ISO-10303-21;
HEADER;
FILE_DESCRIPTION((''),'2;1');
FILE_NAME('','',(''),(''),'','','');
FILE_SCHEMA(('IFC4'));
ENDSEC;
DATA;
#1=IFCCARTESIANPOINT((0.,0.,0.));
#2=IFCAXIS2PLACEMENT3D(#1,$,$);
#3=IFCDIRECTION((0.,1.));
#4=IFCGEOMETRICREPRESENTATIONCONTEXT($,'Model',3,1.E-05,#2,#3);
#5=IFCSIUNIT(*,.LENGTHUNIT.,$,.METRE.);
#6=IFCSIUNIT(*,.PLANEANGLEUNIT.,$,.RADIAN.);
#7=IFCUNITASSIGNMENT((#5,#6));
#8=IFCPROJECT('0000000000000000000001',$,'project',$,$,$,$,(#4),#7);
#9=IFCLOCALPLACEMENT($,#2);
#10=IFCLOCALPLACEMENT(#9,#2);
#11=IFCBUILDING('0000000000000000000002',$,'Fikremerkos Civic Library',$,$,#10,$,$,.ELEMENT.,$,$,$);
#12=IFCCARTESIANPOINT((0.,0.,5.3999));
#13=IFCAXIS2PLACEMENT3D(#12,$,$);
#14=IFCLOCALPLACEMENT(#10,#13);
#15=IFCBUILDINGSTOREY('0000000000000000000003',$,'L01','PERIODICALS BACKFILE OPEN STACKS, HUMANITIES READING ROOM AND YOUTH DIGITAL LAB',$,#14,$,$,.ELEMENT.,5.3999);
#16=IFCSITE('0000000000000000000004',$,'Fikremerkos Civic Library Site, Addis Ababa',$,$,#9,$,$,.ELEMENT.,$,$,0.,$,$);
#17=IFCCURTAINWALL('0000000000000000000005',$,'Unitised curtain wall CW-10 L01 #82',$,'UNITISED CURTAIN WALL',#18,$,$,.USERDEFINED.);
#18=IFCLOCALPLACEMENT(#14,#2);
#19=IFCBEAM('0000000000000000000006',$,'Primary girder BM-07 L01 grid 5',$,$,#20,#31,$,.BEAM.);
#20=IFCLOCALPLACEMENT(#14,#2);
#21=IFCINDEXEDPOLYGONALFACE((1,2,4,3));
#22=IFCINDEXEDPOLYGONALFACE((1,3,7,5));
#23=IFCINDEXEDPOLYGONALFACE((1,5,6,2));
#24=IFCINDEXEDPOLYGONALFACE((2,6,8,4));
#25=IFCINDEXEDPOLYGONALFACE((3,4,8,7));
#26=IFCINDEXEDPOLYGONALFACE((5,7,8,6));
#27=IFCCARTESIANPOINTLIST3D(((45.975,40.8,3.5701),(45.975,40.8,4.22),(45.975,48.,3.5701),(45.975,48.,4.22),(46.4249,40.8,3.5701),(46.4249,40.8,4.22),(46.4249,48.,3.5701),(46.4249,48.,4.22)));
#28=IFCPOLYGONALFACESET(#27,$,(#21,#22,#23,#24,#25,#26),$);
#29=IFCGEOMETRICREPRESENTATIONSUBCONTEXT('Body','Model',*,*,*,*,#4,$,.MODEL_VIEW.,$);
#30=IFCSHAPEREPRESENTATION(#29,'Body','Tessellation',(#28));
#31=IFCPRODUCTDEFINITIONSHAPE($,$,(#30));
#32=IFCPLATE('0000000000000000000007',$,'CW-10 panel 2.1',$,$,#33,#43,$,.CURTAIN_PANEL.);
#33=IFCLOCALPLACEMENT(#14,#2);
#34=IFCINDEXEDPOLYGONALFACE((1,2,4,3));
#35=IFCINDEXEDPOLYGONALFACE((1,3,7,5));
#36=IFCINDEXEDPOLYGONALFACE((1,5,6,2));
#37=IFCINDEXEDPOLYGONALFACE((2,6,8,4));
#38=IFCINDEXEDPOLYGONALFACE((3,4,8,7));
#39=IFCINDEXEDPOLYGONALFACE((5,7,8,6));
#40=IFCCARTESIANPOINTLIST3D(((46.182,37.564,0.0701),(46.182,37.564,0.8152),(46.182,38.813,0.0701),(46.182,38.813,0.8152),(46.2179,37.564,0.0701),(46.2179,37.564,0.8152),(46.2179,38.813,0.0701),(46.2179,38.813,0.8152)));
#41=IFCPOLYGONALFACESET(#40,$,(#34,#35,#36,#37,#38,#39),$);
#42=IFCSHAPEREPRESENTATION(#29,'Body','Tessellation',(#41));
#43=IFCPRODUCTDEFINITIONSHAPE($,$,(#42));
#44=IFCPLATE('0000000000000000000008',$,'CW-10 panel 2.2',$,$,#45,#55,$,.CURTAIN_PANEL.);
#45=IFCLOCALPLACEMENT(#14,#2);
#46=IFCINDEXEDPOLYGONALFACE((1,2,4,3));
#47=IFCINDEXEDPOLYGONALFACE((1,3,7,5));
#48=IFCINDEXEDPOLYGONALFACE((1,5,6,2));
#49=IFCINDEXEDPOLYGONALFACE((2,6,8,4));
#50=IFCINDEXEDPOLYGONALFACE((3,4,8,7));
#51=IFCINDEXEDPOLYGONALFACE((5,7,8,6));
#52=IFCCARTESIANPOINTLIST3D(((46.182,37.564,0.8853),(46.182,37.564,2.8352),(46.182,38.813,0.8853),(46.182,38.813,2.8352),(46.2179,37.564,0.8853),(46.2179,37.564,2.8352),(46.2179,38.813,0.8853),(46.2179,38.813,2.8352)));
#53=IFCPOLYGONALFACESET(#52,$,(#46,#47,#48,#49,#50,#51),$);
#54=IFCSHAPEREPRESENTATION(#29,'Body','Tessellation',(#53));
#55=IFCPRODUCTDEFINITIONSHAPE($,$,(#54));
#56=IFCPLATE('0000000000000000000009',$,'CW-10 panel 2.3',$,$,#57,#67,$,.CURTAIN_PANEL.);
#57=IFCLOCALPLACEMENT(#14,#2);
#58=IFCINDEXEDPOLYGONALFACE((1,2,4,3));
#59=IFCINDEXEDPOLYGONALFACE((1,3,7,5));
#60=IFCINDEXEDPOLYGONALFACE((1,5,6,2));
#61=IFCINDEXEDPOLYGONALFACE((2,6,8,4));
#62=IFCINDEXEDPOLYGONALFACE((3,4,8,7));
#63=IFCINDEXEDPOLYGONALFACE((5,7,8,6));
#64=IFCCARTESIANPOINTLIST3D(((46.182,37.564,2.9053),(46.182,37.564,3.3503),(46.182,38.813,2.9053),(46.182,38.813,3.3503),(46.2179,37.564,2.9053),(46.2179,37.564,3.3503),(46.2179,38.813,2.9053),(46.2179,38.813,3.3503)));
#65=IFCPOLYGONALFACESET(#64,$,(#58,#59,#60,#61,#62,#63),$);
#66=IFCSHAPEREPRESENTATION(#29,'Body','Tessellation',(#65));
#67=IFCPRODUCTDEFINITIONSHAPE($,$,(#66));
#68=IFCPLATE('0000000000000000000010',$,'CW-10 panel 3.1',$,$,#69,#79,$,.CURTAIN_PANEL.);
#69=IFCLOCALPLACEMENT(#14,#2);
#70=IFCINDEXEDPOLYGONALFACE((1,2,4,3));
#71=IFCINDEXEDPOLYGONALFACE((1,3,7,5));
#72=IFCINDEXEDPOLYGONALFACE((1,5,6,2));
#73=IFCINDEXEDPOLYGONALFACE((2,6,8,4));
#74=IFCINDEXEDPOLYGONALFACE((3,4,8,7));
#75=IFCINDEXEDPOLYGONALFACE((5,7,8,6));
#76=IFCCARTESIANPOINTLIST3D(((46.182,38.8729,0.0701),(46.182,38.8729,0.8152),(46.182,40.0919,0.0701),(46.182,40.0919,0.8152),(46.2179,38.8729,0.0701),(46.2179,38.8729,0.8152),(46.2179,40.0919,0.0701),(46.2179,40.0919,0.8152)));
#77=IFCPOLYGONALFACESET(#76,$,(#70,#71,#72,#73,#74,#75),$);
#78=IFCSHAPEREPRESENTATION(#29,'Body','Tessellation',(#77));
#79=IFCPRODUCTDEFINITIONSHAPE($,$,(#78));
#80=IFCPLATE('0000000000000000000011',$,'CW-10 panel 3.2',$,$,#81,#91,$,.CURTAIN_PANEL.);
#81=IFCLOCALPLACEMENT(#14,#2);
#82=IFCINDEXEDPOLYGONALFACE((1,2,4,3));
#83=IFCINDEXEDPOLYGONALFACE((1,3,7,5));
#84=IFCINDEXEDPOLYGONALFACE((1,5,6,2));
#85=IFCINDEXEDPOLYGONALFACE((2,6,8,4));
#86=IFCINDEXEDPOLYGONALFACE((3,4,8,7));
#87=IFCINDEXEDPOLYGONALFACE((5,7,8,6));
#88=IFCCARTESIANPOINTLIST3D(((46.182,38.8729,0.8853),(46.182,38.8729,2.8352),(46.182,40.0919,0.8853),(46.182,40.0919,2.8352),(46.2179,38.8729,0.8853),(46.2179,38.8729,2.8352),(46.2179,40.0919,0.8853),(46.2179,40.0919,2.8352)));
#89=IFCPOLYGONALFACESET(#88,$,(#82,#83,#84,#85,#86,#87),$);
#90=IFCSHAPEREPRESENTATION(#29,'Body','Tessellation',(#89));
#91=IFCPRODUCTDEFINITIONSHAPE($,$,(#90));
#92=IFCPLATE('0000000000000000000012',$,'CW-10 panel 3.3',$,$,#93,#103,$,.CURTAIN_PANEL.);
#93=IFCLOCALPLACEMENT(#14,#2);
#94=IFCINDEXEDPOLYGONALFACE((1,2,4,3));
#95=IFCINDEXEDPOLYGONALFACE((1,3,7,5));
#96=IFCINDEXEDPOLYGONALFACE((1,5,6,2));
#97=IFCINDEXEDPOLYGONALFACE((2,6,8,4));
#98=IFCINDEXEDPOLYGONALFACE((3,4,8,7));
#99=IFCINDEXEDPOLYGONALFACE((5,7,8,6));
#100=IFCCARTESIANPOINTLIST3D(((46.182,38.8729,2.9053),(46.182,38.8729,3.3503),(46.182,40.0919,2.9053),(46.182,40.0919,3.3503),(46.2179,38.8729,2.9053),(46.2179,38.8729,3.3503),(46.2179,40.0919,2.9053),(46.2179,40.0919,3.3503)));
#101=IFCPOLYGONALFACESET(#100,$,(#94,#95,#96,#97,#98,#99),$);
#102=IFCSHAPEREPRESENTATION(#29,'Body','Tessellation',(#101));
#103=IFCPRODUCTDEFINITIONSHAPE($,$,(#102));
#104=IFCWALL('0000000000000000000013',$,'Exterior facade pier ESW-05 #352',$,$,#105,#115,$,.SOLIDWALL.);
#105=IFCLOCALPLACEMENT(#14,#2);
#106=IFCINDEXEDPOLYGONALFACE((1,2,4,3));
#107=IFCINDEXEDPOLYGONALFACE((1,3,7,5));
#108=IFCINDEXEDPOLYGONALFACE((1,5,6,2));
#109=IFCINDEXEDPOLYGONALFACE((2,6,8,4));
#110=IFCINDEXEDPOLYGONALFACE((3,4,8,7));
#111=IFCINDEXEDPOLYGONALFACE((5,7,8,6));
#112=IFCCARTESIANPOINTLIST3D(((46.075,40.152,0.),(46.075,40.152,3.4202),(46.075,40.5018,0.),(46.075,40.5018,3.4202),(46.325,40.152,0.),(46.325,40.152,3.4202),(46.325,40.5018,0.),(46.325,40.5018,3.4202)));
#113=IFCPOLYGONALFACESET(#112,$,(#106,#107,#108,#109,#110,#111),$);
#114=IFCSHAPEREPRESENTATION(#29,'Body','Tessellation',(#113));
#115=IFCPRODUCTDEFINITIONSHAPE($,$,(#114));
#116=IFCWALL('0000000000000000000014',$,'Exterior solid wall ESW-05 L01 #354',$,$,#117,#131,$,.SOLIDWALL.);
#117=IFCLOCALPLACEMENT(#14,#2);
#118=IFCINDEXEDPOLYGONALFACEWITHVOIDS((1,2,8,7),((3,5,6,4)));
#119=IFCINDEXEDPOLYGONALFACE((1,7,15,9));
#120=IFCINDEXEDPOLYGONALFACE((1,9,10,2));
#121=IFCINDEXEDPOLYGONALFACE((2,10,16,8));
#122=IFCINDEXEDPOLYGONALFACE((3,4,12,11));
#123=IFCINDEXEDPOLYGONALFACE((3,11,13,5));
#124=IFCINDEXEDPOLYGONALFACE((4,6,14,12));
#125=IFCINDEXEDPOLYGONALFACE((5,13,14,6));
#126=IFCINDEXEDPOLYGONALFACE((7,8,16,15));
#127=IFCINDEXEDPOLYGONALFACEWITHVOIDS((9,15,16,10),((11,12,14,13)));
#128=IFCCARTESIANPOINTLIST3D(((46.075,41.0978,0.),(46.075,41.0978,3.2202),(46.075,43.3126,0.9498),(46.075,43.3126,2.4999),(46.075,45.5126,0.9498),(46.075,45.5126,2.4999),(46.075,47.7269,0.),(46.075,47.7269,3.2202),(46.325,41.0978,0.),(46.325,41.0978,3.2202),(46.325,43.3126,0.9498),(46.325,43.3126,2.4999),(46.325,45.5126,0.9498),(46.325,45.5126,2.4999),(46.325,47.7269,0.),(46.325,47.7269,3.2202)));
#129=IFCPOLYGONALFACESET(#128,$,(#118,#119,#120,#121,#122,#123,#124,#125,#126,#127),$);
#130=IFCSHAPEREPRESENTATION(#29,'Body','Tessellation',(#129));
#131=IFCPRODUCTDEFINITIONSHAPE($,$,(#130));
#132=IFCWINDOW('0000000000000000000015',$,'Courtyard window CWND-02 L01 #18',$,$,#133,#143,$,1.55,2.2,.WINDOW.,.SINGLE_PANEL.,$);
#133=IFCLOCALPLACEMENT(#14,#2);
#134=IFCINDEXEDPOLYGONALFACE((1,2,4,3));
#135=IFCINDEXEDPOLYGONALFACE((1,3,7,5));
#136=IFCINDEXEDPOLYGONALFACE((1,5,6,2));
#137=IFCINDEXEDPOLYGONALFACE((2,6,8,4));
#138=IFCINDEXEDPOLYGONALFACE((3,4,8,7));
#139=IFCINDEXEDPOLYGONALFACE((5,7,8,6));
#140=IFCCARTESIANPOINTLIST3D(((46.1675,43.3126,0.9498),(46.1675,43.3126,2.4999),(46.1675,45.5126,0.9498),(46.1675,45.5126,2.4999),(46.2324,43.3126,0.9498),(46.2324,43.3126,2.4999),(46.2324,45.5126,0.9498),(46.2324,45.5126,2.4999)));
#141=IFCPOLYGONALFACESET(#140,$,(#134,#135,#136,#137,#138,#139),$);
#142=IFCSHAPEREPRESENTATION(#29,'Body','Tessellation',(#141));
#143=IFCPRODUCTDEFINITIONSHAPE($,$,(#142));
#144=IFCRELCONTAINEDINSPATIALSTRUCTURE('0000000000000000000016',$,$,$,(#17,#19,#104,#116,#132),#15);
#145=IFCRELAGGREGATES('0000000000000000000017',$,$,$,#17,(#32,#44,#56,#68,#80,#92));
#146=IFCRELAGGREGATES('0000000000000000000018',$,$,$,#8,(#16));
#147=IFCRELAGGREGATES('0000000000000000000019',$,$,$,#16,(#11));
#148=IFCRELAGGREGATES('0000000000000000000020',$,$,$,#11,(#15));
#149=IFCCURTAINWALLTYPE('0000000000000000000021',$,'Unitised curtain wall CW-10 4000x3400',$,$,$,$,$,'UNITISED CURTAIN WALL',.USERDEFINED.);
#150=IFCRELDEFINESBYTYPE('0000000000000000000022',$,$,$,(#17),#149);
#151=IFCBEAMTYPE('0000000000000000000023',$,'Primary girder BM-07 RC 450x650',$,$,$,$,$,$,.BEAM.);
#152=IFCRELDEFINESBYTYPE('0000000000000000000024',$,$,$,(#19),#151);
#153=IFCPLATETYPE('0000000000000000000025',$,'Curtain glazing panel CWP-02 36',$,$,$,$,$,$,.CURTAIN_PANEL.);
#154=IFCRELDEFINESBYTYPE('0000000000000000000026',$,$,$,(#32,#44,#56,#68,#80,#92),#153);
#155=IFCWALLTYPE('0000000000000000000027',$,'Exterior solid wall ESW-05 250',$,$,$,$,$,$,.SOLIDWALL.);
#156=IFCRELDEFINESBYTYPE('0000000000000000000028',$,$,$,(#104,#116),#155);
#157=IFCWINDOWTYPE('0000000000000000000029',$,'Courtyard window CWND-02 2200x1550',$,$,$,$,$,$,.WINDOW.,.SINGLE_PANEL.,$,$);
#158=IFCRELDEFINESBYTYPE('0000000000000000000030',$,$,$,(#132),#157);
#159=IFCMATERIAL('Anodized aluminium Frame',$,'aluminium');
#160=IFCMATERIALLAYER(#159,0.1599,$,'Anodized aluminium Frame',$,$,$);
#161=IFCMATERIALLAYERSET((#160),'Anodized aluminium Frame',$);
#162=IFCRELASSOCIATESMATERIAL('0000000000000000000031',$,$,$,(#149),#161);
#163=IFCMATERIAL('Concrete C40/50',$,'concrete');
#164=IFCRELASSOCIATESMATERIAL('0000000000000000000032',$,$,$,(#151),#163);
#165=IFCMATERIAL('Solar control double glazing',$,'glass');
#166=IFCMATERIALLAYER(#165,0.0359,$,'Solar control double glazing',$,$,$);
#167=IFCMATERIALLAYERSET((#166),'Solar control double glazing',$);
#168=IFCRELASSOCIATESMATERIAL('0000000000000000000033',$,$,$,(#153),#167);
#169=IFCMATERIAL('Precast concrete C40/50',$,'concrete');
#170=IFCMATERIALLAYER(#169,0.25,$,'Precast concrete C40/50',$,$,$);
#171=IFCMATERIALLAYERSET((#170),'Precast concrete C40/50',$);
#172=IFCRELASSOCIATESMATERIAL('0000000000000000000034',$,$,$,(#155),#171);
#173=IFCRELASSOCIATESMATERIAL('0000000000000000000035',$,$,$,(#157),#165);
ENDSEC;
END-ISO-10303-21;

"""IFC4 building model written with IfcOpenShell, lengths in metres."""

from ifc_helpers import new_model, si_unit, direction, frame, frame_2d, origin, origin_2d, place, context, subcontext, project, spatial, rectangle, extrude, material, layer, layer_set, material_profile, profile_set, type_object, element, fill, aggregate, save


model = new_model("IFC4")

# Units and contexts
model_context = context("Model", 3, precision=1e-05, world=origin(), true_north=direction((0.0, 1.0)))
body_context = subcontext(model_context, "Body", "Model", "MODEL_VIEW")
ifc_project = project(units=[si_unit("LENGTHUNIT", "METRE"), si_unit("PLANEANGLEUNIT", "RADIAN")], contexts=[model_context])

# Site, building, storey
site_placement = place(None, origin())
site = spatial("IfcSite", under=ifc_project, at=site_placement, Name="Fikremerkos Civic Library Site, Addis Ababa", CompositionType="ELEMENT", RefElevation=0.0)
building_placement = place(site_placement, origin())
building = spatial("IfcBuilding", under=site, at=building_placement, Name="Fikremerkos Civic Library", CompositionType="ELEMENT")
storey_placement = place(building_placement, frame((0.0, 0.0, 5.3999)))
storey = spatial("IfcBuildingStorey", under=building, at=storey_placement, Name="L01", Description="PERIODICALS BACKFILE OPEN STACKS, HUMANITIES READING ROOM AND YOUTH DIGITAL LAB", CompositionType="ELEMENT", Elevation=5.3999)

# Shared definitions
ifc_material_1 = material(Name="Concrete C40/50", Category="concrete")

# Curtain wall
ifc_material_2 = material(Name="Anodized aluminium Frame", Category="aluminium")
ifc_layer_1 = layer(ifc_material_2, 0.1599, Name="Anodized aluminium Frame")
ifc_layer_set_1 = layer_set([ifc_layer_1], Name="Anodized aluminium Frame")
curtain_wall_type = type_object("IfcCurtainWallType", Name="Unitised curtain wall CW-10 4000x3400", ElementType="UNITISED CURTAIN WALL", PredefinedType="USERDEFINED", material=ifc_layer_set_1)
curtain_wall_placement = place(storey_placement, origin())
curtain_wall = element("IfcCurtainWall", 1, at=curtain_wall_placement, inside=storey, type_object=curtain_wall_type, Name="Unitised curtain wall CW-10 L01 #82", ObjectType="UNITISED CURTAIN WALL", PredefinedType="USERDEFINED")

# Beam
ifc_material_profile_1 = material_profile(ifc_material_1, rectangle(XDim=0.45, YDim=0.6499, at=origin_2d()), Name="RC 450x650")
ifc_profile_set_1 = profile_set([ifc_material_profile_1], Name="Concrete C40/50")
beam_type_1 = type_object("IfcBeamType", Name="Primary girder BM-07 RC 450x650", PredefinedType="BEAM", material=ifc_profile_set_1)
beam_1_placement = place(storey_placement, frame((46.2, 40.8, 3.895), z_axis=(0.0, 1.0, 0.0), x_axis=(-1.0, 0.0, 0.0)))
element("IfcBeam", 2, at=beam_1_placement, inside=storey, type_object=beam_type_1, Name="Primary girder BM-07 L01 grid 5", PredefinedType="BEAM", context=body_context, shape_type="SweptSolid", body=[
    extrude(rectangle(XDim=0.45, YDim=0.6499, at=origin_2d()), origin(), (0.0, 0.0, 1.0), 7.2),
])

# Plates
ifc_material_3 = material(Name="Solar control double glazing", Category="glass")
ifc_layer_2 = layer(ifc_material_3, 0.0359, Name="Solar control double glazing")
ifc_layer_set_2 = layer_set([ifc_layer_2], Name="Solar control double glazing")
plate_type = type_object("IfcPlateType", Name="Curtain glazing panel CWP-02 36", PredefinedType="CURTAIN_PANEL", material=ifc_layer_set_2)
plate_1_placement = place(storey_placement, frame((46.2, 38.1885, 0.0701), z_axis=(0.0, 0.0, 1.0), x_axis=(0.0, 1.0, 0.0)))
plate_1 = element("IfcPlate", 3, at=plate_1_placement, type_object=plate_type, Name="CW-10 panel 2.1", PredefinedType="CURTAIN_PANEL", context=body_context, shape_type="SweptSolid", body=[
    extrude(rectangle(XDim=1.249, YDim=0.0359, at=origin_2d()), origin(), (0.0, 0.0, 1.0), 0.7451),
])
plate_2_placement = place(storey_placement, frame((46.2, 38.1885, 0.8853), z_axis=(0.0, 0.0, 1.0), x_axis=(0.0, 1.0, 0.0)))
plate_2 = element("IfcPlate", 4, at=plate_2_placement, type_object=plate_type, Name="CW-10 panel 2.2", PredefinedType="CURTAIN_PANEL", context=body_context, shape_type="SweptSolid", body=[
    extrude(rectangle(XDim=1.249, YDim=0.0359, at=origin_2d()), origin(), (0.0, 0.0, 1.0), 1.95),
])
plate_3_placement = place(storey_placement, frame((46.2, 38.1885, 2.9053), z_axis=(0.0, 0.0, 1.0), x_axis=(0.0, 1.0, 0.0)))
plate_3 = element("IfcPlate", 5, at=plate_3_placement, type_object=plate_type, Name="CW-10 panel 2.3", PredefinedType="CURTAIN_PANEL", context=body_context, shape_type="SweptSolid", body=[
    extrude(rectangle(XDim=1.249, YDim=0.0359, at=origin_2d()), origin(), (0.0, 0.0, 1.0), 0.4451),
])
plate_4_placement = place(storey_placement, frame((46.2, 39.4824, 0.0701), z_axis=(0.0, 0.0, 1.0), x_axis=(0.0, 1.0, 0.0)))
plate_4 = element("IfcPlate", 6, at=plate_4_placement, type_object=plate_type, Name="CW-10 panel 3.1", PredefinedType="CURTAIN_PANEL", context=body_context, shape_type="SweptSolid", body=[
    extrude(rectangle(XDim=1.219, YDim=0.0359, at=origin_2d()), origin(), (0.0, 0.0, 1.0), 0.7451),
])
plate_5_placement = place(storey_placement, frame((46.2, 39.4824, 0.8853), z_axis=(0.0, 0.0, 1.0), x_axis=(0.0, 1.0, 0.0)))
plate_5 = element("IfcPlate", 7, at=plate_5_placement, type_object=plate_type, Name="CW-10 panel 3.2", PredefinedType="CURTAIN_PANEL", context=body_context, shape_type="SweptSolid", body=[
    extrude(rectangle(XDim=1.219, YDim=0.0359, at=origin_2d()), origin(), (0.0, 0.0, 1.0), 1.95),
])
plate_6_placement = place(storey_placement, frame((46.2, 39.4824, 2.9053), z_axis=(0.0, 0.0, 1.0), x_axis=(0.0, 1.0, 0.0)))
plate_6 = element("IfcPlate", 8, at=plate_6_placement, type_object=plate_type, Name="CW-10 panel 3.3", PredefinedType="CURTAIN_PANEL", context=body_context, shape_type="SweptSolid", body=[
    extrude(rectangle(XDim=1.219, YDim=0.0359, at=origin_2d()), origin(), (0.0, 0.0, 1.0), 0.4451),
])
aggregate(curtain_wall, [plate_1, plate_2, plate_3, plate_4, plate_5, plate_6])

# Wall
ifc_material_4 = material(Name="Precast concrete C40/50", Category="concrete")
ifc_layer_3 = layer(ifc_material_4, 0.25, Name="Precast concrete C40/50")
ifc_layer_set_3 = layer_set([ifc_layer_3], Name="Precast concrete C40/50")
wall_type = type_object("IfcWallType", Name="Exterior solid wall ESW-05 250", PredefinedType="SOLIDWALL", material=ifc_layer_set_3)
wall_1_placement = place(storey_placement, frame((46.2, 40.1521, 0.0), z_axis=(0.0, 0.0, 1.0), x_axis=(0.0, 1.0, 0.0)))
element("IfcWall", 9, at=wall_1_placement, inside=storey, type_object=wall_type, Name="Exterior facade pier ESW-05 #352", PredefinedType="SOLIDWALL", context=body_context, shape_type="SweptSolid", body=[
    extrude(rectangle(XDim=0.3499, YDim=0.25, at=frame_2d((0.1748, 0.0))), origin(), (0.0, 0.0, 1.0), 3.4202),
])

# Wall, opening, window
wall_2_placement = place(storey_placement, frame((46.2, 41.0979, 0.0), z_axis=(0.0, 0.0, 1.0), x_axis=(0.0, 1.0, 0.0)))
wall_2 = element("IfcWall", 10, at=wall_2_placement, inside=storey, type_object=wall_type, Name="Exterior solid wall ESW-05 L01 #354", PredefinedType="SOLIDWALL", context=body_context, shape_type="SweptSolid", body=[
    extrude(rectangle(XDim=6.6292, YDim=0.25, at=frame_2d((3.3145, 0.0))), origin(), (0.0, 0.0, 1.0), 3.2202),
])
opening_placement = place(wall_2_placement, frame((2.2146, 0.0, 0.95)))
opening = element("IfcOpeningElement", 11, at=opening_placement, cuts=wall_2, PredefinedType="OPENING", context=body_context, shape_type="SweptSolid", body=[
    extrude(rectangle(XDim=2.2, YDim=1.55, at=frame_2d((1.1001, 0.7749))), frame((0.0, 0.135, 0.0), z_axis=(0.0, -1.0, 0.0), x_axis=(1.0, 0.0, 0.0)), (0.0, 0.0, 1.0), 0.27),
])
window_type = type_object("IfcWindowType", Name="Courtyard window CWND-02 2200x1550", PartitioningType="SINGLE_PANEL", PredefinedType="WINDOW", material=ifc_material_3)
window_placement = place(opening_placement, origin())
window = element("IfcWindow", 12, at=window_placement, inside=storey, type_object=window_type, Name="Courtyard window CWND-02 L01 #18", OverallHeight=1.55, OverallWidth=2.2, PartitioningType="SINGLE_PANEL", PredefinedType="WINDOW", context=body_context, shape_type="SweptSolid", body=[
    extrude(rectangle(XDim=2.2, YDim=1.55, at=frame_2d((1.1001, 0.7749))), frame((0.0, 0.0325, 0.0), z_axis=(0.0, -1.0, 0.0), x_axis=(1.0, 0.0, 0.0)), (0.0, 0.0, 1.0), 0.0649),
])
fill(opening, window)

save(model, "model.ifc")
